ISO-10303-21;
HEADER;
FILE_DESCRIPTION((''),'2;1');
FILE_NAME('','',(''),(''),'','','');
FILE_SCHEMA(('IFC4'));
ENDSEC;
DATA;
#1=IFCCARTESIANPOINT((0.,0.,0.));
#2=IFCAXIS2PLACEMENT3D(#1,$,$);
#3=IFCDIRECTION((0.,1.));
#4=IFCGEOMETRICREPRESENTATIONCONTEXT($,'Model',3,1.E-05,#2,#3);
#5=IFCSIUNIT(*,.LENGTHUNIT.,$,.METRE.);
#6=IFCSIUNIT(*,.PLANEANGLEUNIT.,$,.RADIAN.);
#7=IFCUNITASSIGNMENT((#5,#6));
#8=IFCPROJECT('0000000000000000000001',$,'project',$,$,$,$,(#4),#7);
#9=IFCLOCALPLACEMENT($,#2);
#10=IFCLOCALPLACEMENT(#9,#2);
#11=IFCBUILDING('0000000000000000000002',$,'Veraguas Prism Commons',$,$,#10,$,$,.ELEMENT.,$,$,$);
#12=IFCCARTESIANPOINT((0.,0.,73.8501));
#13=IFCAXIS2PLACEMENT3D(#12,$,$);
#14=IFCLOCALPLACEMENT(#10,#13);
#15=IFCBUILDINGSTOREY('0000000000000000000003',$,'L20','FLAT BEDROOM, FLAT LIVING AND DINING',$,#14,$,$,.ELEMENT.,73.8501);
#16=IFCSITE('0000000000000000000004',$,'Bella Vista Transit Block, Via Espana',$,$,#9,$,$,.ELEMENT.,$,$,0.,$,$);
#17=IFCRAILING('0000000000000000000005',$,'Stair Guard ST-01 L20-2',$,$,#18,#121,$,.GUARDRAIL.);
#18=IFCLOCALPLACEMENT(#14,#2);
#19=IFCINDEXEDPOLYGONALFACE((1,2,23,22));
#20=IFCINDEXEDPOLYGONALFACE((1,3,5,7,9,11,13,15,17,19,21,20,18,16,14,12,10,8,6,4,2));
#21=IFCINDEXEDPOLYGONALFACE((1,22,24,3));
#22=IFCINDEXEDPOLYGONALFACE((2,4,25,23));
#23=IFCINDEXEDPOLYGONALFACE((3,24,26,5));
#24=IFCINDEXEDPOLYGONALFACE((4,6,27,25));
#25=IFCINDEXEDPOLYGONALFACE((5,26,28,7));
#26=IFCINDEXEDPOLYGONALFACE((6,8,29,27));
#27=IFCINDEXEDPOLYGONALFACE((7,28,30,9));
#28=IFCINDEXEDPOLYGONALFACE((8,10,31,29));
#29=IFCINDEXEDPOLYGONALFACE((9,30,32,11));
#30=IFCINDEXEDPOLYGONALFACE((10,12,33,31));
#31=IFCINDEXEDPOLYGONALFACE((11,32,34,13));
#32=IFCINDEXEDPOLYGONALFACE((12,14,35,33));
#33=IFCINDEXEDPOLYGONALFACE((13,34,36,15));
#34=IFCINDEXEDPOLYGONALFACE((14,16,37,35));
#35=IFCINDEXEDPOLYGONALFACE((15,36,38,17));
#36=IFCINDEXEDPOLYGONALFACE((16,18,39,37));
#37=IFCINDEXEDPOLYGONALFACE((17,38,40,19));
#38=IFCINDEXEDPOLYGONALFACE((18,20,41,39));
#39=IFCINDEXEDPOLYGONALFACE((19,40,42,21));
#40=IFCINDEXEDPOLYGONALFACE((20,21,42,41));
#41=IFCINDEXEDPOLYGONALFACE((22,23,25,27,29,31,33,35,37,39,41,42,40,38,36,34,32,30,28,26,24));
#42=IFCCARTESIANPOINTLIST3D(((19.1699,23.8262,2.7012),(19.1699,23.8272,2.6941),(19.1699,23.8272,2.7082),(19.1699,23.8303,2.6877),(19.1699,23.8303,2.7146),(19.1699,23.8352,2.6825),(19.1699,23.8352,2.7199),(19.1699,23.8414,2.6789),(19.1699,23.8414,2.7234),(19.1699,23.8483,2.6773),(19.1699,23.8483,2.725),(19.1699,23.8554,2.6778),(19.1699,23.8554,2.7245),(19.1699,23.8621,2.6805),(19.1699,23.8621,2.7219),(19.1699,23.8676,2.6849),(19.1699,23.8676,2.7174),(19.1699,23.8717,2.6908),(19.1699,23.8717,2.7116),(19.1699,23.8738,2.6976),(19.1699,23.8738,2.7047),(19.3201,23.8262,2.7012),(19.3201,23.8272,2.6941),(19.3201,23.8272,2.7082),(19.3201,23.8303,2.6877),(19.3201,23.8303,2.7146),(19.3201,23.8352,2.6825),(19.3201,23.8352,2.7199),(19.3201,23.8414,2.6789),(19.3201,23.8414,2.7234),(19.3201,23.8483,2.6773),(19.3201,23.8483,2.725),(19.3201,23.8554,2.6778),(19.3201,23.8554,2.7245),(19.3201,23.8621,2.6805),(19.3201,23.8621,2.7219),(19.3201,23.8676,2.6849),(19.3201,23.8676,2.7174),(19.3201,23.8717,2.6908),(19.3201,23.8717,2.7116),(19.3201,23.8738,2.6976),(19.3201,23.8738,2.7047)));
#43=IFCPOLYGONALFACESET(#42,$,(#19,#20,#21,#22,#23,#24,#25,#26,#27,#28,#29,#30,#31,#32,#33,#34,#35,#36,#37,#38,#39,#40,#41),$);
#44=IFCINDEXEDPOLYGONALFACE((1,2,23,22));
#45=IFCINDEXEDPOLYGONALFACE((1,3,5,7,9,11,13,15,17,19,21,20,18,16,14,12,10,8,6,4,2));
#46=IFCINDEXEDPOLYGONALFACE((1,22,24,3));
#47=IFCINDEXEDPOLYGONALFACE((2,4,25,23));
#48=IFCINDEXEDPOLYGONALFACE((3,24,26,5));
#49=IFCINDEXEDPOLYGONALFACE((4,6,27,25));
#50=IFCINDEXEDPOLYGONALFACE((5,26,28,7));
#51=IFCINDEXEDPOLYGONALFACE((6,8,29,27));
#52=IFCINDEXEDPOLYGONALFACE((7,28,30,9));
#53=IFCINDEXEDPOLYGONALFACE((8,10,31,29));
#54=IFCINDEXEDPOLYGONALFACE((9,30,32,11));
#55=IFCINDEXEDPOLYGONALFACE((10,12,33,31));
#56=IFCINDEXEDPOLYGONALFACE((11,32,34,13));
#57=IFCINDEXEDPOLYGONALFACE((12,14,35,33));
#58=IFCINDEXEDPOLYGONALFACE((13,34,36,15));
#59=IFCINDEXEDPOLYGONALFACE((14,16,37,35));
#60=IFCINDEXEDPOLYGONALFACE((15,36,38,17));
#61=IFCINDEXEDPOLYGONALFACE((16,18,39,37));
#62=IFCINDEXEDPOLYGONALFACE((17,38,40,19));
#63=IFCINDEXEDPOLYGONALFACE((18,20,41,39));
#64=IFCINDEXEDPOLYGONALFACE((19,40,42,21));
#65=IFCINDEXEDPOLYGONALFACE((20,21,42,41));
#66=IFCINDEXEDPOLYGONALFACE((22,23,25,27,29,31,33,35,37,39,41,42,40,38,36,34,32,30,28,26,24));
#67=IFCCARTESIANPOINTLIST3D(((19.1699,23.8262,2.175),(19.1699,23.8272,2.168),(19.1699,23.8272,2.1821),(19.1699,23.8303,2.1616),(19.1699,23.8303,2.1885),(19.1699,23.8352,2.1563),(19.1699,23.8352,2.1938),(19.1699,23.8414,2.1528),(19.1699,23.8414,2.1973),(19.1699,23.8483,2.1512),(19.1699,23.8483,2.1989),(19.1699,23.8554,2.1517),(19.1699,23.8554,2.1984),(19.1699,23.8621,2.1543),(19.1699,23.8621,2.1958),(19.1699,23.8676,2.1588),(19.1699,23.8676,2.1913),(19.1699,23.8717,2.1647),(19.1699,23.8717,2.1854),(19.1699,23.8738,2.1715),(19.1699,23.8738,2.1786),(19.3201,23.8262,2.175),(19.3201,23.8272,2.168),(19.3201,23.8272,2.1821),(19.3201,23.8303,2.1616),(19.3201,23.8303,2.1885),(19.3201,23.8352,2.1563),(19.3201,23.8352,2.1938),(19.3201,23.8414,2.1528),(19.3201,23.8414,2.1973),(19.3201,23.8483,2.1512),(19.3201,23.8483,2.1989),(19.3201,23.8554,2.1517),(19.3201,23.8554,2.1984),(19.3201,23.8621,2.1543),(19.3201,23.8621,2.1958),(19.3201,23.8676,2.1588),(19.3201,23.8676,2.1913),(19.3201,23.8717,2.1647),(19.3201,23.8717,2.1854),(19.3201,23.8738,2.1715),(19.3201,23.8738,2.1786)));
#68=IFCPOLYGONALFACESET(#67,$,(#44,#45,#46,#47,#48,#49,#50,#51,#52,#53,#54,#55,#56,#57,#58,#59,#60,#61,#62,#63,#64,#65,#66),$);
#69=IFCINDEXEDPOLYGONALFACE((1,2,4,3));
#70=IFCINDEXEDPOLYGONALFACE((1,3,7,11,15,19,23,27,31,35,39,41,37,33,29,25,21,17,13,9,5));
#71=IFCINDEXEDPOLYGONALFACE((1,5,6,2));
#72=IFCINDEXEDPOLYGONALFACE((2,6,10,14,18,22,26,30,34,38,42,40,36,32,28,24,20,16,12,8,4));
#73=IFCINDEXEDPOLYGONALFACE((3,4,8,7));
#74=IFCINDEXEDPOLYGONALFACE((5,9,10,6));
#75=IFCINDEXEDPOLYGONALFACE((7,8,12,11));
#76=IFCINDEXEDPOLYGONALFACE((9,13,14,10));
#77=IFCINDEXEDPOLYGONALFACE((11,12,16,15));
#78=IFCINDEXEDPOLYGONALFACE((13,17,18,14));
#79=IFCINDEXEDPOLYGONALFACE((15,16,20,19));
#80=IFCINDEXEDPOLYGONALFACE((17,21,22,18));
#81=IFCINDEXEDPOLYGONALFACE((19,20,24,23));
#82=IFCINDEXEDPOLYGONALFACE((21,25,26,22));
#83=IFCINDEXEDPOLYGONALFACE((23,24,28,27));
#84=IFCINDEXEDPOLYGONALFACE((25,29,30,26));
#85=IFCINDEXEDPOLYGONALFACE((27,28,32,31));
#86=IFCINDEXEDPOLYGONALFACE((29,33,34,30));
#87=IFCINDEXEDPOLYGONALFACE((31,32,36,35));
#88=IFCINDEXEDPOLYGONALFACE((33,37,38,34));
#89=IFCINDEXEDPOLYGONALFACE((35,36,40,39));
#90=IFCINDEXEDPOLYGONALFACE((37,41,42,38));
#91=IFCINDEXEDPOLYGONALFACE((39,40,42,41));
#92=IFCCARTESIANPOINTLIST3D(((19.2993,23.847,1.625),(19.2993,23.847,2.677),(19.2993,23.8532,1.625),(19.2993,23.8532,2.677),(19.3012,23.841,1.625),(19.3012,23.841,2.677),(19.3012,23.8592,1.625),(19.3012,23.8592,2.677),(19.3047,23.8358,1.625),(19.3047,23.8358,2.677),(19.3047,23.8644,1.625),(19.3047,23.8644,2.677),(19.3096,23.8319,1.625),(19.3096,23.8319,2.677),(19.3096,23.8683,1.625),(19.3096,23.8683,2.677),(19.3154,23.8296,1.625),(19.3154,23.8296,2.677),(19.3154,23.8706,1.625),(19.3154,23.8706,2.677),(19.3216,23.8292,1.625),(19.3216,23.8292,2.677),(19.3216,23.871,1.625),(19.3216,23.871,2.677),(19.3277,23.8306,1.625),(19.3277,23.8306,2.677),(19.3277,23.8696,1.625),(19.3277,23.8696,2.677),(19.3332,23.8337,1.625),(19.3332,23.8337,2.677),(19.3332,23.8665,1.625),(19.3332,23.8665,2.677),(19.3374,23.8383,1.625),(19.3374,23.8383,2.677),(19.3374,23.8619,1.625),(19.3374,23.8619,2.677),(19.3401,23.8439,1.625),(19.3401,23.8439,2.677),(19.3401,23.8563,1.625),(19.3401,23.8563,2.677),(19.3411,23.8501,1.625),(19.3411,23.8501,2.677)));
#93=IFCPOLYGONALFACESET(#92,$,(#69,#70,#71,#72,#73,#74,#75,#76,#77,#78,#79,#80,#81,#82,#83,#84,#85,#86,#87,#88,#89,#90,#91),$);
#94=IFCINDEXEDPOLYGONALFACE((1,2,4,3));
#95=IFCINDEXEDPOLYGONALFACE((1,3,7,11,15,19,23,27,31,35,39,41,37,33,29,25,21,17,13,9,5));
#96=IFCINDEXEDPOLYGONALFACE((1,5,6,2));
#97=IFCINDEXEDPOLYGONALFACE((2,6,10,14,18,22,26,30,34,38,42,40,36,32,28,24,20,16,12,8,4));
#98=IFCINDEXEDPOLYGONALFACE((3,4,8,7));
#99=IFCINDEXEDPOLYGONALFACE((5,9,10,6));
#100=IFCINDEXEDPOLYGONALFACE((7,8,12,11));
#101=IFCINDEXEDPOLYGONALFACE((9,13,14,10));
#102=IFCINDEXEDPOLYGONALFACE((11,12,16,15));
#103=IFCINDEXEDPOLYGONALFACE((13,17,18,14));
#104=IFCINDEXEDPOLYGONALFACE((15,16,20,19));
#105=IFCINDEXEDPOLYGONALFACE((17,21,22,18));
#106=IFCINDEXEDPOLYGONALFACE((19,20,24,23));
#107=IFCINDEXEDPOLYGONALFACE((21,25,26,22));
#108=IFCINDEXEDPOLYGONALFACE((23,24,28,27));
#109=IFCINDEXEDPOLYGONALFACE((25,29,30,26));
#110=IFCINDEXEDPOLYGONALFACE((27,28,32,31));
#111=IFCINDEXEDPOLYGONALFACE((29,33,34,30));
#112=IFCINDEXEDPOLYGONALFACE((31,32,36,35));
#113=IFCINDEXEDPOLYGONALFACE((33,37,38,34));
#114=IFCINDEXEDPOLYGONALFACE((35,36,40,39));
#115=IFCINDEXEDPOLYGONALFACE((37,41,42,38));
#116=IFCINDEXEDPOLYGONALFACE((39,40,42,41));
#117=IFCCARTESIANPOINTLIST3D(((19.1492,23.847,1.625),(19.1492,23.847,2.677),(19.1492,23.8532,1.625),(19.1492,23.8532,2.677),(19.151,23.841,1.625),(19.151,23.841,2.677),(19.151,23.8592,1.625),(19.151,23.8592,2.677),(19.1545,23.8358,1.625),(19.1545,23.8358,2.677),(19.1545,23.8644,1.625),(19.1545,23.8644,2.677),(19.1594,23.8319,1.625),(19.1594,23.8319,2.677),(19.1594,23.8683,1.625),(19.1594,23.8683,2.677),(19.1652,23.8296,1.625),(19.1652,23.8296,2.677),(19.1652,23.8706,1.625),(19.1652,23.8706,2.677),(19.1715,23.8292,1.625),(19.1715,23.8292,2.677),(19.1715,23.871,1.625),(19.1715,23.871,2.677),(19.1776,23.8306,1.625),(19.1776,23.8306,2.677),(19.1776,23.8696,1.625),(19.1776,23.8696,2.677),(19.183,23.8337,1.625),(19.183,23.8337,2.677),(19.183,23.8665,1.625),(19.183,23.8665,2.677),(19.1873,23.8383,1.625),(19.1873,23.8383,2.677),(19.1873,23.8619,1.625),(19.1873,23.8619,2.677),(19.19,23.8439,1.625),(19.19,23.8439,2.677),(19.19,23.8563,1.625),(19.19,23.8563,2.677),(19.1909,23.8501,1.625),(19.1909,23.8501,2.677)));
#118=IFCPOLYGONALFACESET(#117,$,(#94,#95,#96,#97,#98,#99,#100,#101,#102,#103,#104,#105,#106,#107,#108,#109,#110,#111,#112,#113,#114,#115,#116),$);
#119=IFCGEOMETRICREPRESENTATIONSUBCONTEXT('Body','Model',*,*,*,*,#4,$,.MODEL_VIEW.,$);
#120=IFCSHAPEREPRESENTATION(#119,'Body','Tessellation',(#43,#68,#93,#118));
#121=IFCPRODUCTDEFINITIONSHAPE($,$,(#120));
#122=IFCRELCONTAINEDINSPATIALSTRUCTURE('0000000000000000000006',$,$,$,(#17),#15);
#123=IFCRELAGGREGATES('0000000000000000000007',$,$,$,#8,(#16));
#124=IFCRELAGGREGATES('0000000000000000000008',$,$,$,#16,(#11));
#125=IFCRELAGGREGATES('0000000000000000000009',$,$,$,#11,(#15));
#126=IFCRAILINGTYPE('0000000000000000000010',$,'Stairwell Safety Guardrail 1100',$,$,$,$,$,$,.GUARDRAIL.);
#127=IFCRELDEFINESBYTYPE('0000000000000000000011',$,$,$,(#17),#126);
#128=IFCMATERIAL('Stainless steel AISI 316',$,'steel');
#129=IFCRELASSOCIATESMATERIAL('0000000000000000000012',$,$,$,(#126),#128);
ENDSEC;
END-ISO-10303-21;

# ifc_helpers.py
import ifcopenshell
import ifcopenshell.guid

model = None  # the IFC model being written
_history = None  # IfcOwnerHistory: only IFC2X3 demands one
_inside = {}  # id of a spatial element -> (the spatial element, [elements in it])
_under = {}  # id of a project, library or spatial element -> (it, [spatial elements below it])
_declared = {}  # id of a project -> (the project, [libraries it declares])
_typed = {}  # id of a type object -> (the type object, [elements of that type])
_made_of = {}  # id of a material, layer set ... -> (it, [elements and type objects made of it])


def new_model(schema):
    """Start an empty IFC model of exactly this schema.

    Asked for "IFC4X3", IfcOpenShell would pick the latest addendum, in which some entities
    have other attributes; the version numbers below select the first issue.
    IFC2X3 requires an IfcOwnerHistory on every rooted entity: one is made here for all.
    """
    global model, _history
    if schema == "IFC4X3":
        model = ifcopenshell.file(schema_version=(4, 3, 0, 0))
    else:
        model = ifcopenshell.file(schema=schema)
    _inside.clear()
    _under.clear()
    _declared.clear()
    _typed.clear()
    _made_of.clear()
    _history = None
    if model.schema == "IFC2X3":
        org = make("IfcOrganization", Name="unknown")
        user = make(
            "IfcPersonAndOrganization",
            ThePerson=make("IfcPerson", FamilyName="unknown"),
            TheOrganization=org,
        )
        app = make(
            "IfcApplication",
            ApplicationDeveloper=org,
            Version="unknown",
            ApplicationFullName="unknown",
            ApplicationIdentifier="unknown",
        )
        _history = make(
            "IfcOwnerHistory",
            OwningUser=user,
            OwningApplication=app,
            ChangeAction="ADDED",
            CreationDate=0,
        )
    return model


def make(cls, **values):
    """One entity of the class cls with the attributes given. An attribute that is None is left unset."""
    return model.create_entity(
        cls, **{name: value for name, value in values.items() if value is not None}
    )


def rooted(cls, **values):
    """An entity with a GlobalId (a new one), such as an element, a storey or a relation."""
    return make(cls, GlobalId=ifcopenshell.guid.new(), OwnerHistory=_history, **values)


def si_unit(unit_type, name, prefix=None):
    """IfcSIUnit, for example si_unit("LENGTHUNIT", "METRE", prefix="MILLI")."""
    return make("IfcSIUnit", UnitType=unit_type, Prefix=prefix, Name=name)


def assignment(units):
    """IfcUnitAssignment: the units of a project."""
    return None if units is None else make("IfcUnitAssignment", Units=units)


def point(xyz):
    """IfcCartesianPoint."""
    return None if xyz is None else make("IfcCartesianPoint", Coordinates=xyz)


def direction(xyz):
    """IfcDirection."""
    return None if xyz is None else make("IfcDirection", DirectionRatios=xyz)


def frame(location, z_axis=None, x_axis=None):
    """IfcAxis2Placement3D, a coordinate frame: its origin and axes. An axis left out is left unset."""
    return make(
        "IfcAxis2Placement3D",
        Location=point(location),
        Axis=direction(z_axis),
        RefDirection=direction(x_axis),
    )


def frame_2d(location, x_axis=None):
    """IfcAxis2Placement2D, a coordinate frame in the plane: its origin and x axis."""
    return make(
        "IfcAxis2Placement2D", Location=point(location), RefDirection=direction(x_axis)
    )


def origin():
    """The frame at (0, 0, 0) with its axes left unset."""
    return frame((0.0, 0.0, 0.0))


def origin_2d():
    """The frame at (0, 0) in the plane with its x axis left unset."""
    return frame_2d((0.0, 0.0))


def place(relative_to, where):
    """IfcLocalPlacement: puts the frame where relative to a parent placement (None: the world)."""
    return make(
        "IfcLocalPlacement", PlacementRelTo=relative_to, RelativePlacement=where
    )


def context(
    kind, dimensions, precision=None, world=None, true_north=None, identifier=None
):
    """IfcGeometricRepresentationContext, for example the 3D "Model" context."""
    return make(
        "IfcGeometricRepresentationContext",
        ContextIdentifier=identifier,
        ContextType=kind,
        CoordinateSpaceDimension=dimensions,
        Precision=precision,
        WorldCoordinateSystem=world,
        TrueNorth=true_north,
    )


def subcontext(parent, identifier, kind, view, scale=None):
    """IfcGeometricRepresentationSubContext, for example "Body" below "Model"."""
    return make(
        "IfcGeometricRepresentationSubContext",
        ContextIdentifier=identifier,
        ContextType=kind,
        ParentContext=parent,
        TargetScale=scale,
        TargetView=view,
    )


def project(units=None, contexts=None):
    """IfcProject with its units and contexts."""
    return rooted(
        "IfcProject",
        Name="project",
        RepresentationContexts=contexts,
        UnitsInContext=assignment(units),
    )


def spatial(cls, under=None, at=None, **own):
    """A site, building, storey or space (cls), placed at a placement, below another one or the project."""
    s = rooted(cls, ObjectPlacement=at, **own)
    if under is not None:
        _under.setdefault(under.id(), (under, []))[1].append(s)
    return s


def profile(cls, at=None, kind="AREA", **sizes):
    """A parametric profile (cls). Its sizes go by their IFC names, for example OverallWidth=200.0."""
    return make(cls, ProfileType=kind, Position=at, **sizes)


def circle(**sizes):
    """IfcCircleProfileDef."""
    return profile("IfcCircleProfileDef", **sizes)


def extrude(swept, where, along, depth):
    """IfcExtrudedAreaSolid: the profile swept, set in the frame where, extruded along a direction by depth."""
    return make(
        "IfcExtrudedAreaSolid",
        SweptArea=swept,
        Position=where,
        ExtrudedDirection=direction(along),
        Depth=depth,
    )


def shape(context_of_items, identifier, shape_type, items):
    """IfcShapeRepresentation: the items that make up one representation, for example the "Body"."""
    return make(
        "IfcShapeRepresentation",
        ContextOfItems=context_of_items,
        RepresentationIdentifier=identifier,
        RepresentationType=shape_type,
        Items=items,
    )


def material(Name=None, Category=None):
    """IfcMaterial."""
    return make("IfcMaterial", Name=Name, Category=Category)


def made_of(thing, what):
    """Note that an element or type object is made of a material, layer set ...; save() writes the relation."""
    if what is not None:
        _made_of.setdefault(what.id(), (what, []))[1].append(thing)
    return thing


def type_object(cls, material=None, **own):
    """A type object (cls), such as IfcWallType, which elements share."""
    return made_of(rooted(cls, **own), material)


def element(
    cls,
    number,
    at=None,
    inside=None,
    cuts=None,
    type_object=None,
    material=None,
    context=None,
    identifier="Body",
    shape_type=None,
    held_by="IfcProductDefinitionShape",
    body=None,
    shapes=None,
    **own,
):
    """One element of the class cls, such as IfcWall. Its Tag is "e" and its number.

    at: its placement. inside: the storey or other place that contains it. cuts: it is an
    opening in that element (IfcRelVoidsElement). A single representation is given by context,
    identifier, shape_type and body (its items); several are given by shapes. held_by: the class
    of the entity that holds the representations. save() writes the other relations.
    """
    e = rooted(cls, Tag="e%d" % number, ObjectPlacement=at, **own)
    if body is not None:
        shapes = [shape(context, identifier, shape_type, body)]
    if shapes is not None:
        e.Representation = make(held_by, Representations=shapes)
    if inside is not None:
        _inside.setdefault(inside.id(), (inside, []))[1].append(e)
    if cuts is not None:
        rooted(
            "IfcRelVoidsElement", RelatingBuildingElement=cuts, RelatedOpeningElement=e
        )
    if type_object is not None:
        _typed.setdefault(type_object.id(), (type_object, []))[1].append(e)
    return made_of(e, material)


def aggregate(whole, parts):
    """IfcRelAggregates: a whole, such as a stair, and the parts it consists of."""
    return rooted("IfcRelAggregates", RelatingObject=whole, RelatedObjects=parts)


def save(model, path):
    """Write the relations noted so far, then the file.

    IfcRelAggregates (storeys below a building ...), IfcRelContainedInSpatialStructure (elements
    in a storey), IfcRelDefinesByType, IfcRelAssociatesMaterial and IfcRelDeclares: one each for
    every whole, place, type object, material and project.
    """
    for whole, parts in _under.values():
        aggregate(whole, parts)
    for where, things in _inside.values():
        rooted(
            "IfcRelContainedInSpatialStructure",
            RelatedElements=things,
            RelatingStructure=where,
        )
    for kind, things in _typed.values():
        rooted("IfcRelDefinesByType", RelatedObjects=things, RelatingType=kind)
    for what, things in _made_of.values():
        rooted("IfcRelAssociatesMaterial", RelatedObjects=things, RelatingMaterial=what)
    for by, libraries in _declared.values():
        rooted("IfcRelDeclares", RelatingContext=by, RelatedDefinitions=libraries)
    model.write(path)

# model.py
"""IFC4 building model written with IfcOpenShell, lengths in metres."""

from ifc_helpers import new_model, si_unit, direction, frame, origin, origin_2d, place, context, subcontext, project, spatial, circle, extrude, material, type_object, element, save


model = new_model("IFC4")

# Units and contexts
model_context = context("Model", 3, precision=1e-05, world=origin(), true_north=direction((0.0, 1.0)))
body_context = subcontext(model_context, "Body", "Model", "MODEL_VIEW")
ifc_project = project(units=[si_unit("LENGTHUNIT", "METRE"), si_unit("PLANEANGLEUNIT", "RADIAN")], contexts=[model_context])

# Site, building, storey
site_placement = place(None, origin())
site = spatial("IfcSite", under=ifc_project, at=site_placement, Name="Bella Vista Transit Block, Via Espana", CompositionType="ELEMENT", RefElevation=0.0)
building_placement = place(site_placement, origin())
building = spatial("IfcBuilding", under=site, at=building_placement, Name="Veraguas Prism Commons", CompositionType="ELEMENT")
storey_placement = place(building_placement, frame((0.0, 0.0, 73.8501)))
storey = spatial("IfcBuildingStorey", under=building, at=storey_placement, Name="L20", Description="FLAT BEDROOM, FLAT LIVING AND DINING", CompositionType="ELEMENT", Elevation=73.8501)

# Railing
ifc_material_1 = material(Name="Stainless steel AISI 316", Category="steel")
railing_type_1 = type_object("IfcRailingType", Name="Stairwell Safety Guardrail 1100", PredefinedType="GUARDRAIL", material=ifc_material_1)
railing_1_placement = place(storey_placement, frame((19.3201, 23.8501, 1.625)))
element("IfcRailing", 1, at=railing_1_placement, inside=storey, type_object=railing_type_1, Name="Stair Guard ST-01 L20-2", PredefinedType="GUARDRAIL", context=body_context, shape_type="SweptSolid", body=[
    extrude(circle(Radius=0.0239, at=origin_2d()), frame((0.0, 0.0, 1.0762), z_axis=(-1.0, 0.0, 0.0), x_axis=(0.0, -1.0, 0.0)), (0.0, 0.0, 1.0), 0.1501),
    extrude(circle(Radius=0.0239, at=origin_2d()), frame((0.0, 0.0, 0.55), z_axis=(-1.0, 0.0, 0.0), x_axis=(0.0, -1.0, 0.0)), (0.0, 0.0, 1.0), 0.1501),
    extrude(circle(Radius=0.021, at=origin_2d()), origin(), (0.0, 0.0, 1.0), 1.052),
    extrude(circle(Radius=0.021, at=origin_2d()), frame((-0.1501, 0.0, 0.0)), (0.0, 0.0, 1.0), 1.052),
])

save(model, "model.ifc")
